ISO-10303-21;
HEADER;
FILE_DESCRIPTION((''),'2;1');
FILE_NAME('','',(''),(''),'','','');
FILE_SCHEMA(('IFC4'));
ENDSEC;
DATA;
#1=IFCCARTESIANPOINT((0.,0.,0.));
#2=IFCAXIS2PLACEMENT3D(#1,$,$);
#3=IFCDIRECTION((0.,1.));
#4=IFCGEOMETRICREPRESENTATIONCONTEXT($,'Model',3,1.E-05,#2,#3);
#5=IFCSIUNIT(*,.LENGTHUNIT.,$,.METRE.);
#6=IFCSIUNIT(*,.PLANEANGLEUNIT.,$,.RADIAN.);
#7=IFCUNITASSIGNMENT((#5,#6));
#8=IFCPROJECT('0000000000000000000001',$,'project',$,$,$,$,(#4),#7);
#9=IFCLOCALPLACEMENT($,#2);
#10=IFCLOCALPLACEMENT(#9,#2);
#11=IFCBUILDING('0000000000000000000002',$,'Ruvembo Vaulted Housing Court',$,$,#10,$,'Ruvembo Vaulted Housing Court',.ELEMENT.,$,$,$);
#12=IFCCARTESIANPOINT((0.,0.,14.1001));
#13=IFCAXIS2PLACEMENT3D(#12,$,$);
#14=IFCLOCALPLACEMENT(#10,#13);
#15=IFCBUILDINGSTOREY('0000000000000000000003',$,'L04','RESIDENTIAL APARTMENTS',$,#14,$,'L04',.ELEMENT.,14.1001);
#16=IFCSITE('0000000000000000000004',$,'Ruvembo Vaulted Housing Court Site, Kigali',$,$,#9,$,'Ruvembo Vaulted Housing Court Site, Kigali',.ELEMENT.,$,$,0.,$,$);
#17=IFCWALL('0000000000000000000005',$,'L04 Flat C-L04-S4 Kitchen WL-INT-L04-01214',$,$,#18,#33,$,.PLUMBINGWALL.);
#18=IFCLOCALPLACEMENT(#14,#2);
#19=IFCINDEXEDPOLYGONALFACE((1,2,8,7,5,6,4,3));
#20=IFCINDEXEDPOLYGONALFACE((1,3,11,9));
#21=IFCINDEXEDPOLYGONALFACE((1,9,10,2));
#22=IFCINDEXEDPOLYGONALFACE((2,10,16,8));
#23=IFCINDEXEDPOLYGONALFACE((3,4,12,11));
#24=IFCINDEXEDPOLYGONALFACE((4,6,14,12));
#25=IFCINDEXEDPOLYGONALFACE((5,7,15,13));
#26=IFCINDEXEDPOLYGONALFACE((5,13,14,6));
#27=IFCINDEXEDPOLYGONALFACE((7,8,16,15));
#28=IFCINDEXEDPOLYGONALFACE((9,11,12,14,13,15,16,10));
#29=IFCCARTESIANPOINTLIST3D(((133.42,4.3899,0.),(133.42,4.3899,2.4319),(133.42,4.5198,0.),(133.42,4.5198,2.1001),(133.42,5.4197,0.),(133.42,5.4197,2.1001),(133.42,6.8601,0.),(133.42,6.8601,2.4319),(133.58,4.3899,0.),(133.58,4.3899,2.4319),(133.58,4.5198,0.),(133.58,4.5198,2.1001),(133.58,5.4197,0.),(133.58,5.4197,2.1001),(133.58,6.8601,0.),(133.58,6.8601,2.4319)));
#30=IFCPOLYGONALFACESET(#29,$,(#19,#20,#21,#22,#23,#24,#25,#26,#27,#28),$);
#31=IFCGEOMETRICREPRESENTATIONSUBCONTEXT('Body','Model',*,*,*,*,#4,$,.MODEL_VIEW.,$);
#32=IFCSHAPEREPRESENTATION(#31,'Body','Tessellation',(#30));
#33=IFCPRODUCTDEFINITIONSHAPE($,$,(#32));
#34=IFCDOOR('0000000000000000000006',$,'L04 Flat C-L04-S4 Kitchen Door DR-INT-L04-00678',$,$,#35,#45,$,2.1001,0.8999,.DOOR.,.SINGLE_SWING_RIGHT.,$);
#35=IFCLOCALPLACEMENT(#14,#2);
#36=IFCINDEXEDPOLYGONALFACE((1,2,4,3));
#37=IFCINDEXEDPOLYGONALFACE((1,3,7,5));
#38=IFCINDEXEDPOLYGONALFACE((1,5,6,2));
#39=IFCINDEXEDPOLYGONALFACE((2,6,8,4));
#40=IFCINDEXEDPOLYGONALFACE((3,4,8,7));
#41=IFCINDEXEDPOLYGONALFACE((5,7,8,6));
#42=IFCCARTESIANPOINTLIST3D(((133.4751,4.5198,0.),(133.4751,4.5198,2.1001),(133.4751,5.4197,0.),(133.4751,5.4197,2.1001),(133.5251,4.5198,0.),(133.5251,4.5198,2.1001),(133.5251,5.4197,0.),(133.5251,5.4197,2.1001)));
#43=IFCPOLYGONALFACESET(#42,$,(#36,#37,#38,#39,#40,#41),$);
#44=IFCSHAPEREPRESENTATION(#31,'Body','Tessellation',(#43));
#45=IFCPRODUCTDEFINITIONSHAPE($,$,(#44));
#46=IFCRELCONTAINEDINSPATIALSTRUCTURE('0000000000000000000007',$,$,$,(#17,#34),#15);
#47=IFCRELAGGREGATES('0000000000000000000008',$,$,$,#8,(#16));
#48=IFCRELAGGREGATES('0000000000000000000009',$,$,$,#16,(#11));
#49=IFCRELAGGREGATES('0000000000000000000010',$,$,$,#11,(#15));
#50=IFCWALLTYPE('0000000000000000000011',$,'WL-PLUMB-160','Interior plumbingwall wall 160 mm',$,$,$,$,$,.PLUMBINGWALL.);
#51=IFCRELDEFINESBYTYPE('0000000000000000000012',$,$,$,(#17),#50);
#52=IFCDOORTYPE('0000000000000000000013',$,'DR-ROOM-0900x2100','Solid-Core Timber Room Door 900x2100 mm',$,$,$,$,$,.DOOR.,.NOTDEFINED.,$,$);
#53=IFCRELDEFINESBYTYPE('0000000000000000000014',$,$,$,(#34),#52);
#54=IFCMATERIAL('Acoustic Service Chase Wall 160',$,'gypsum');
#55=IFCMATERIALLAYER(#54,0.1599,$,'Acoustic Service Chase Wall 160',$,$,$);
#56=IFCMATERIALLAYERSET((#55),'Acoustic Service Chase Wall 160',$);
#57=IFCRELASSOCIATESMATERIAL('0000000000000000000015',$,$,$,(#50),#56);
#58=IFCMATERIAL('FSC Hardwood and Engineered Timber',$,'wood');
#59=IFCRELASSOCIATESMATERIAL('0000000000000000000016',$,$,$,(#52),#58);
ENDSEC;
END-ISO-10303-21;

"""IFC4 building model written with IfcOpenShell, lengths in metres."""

from ifc_helpers import new_model, si_unit, direction, frame, frame_2d, origin, place, context, subcontext, project, spatial, rectangle, extrude, material, layer, layer_set, type_object, element, fill, save


model = new_model("IFC4")

# Units and contexts
model_context = context("Model", 3, precision=1e-05, world=origin(), true_north=direction((0.0, 1.0)))
body_context = subcontext(model_context, "Body", "Model", "MODEL_VIEW")
ifc_project = project(units=[si_unit("LENGTHUNIT", "METRE"), si_unit("PLANEANGLEUNIT", "RADIAN")], contexts=[model_context])

# Site, building, storey
site_placement = place(None, origin())
site = spatial("IfcSite", under=ifc_project, at=site_placement, Name="Ruvembo Vaulted Housing Court Site, Kigali", LongName="Ruvembo Vaulted Housing Court Site, Kigali", CompositionType="ELEMENT", RefElevation=0.0)
building_placement = place(site_placement, origin())
building = spatial("IfcBuilding", under=site, at=building_placement, Name="Ruvembo Vaulted Housing Court", LongName="Ruvembo Vaulted Housing Court", CompositionType="ELEMENT")
storey_placement = place(building_placement, frame((0.0, 0.0, 14.1001)))
storey = spatial("IfcBuildingStorey", under=building, at=storey_placement, Name="L04", Description="RESIDENTIAL APARTMENTS", LongName="L04", CompositionType="ELEMENT", Elevation=14.1001)

# Shared definitions
ifc_material_1 = material(Name="FSC Hardwood and Engineered Timber", Category="wood")

# Wall, opening, door
ifc_material_2 = material(Name="Acoustic Service Chase Wall 160", Category="gypsum")
ifc_layer_1 = layer(ifc_material_2, 0.1599, Name="Acoustic Service Chase Wall 160")
ifc_layer_set_1 = layer_set([ifc_layer_1], Name="Acoustic Service Chase Wall 160")
wall_type_1 = type_object("IfcWallType", Name="WL-PLUMB-160", Description="Interior plumbingwall wall 160 mm", PredefinedType="PLUMBINGWALL", material=ifc_layer_set_1)
wall_1_placement = place(storey_placement, frame((133.5, 4.3899, 0.0), z_axis=(0.0, 0.0, 1.0), x_axis=(0.0, 1.0, 0.0)))
wall_1 = element("IfcWall", 1, at=wall_1_placement, inside=storey, type_object=wall_type_1, Name="L04 Flat C-L04-S4 Kitchen WL-INT-L04-01214", PredefinedType="PLUMBINGWALL", context=body_context, shape_type="SweptSolid", body=[
    extrude(rectangle(XDim=2.4702, YDim=0.1599, at=frame_2d((1.2351, 0.0))), origin(), (0.0, 0.0, 1.0), 2.4319),
])
opening_1_placement = place(wall_1_placement, frame((0.1299, 0.0, 0.0)))
opening_1 = element("IfcOpeningElement", 2, at=opening_1_placement, cuts=wall_1, PredefinedType="OPENING", context=body_context, shape_type="SweptSolid", body=[
    extrude(rectangle(XDim=0.8999, YDim=2.1001, at=frame_2d((0.45, 1.05))), frame((0.0, 0.0898, 0.0), z_axis=(0.0, -1.0, 0.0), x_axis=(1.0, 0.0, 0.0)), (0.0, 0.0, 1.0), 0.1799),
])
door_type_1 = type_object("IfcDoorType", Name="DR-ROOM-0900x2100", Description="Solid-Core Timber Room Door 900x2100 mm", OperationType="NOTDEFINED", PredefinedType="DOOR", material=ifc_material_1)
door_1_placement = place(opening_1_placement, origin())
door_1 = element("IfcDoor", 3, at=door_1_placement, inside=storey, type_object=door_type_1, Name="L04 Flat C-L04-S4 Kitchen Door DR-INT-L04-00678", OperationType="SINGLE_SWING_RIGHT", OverallHeight=2.1001, OverallWidth=0.8999, PredefinedType="DOOR", context=body_context, shape_type="SweptSolid", body=[
    extrude(rectangle(XDim=0.8999, YDim=2.1001, at=frame_2d((0.45, 1.05))), frame((0.0, 0.0249, 0.0), z_axis=(0.0, -1.0, 0.0), x_axis=(1.0, 0.0, 0.0)), (0.0, 0.0, 1.0), 0.05),
])
fill(opening_1, door_1)

save(model, "model.ifc")
